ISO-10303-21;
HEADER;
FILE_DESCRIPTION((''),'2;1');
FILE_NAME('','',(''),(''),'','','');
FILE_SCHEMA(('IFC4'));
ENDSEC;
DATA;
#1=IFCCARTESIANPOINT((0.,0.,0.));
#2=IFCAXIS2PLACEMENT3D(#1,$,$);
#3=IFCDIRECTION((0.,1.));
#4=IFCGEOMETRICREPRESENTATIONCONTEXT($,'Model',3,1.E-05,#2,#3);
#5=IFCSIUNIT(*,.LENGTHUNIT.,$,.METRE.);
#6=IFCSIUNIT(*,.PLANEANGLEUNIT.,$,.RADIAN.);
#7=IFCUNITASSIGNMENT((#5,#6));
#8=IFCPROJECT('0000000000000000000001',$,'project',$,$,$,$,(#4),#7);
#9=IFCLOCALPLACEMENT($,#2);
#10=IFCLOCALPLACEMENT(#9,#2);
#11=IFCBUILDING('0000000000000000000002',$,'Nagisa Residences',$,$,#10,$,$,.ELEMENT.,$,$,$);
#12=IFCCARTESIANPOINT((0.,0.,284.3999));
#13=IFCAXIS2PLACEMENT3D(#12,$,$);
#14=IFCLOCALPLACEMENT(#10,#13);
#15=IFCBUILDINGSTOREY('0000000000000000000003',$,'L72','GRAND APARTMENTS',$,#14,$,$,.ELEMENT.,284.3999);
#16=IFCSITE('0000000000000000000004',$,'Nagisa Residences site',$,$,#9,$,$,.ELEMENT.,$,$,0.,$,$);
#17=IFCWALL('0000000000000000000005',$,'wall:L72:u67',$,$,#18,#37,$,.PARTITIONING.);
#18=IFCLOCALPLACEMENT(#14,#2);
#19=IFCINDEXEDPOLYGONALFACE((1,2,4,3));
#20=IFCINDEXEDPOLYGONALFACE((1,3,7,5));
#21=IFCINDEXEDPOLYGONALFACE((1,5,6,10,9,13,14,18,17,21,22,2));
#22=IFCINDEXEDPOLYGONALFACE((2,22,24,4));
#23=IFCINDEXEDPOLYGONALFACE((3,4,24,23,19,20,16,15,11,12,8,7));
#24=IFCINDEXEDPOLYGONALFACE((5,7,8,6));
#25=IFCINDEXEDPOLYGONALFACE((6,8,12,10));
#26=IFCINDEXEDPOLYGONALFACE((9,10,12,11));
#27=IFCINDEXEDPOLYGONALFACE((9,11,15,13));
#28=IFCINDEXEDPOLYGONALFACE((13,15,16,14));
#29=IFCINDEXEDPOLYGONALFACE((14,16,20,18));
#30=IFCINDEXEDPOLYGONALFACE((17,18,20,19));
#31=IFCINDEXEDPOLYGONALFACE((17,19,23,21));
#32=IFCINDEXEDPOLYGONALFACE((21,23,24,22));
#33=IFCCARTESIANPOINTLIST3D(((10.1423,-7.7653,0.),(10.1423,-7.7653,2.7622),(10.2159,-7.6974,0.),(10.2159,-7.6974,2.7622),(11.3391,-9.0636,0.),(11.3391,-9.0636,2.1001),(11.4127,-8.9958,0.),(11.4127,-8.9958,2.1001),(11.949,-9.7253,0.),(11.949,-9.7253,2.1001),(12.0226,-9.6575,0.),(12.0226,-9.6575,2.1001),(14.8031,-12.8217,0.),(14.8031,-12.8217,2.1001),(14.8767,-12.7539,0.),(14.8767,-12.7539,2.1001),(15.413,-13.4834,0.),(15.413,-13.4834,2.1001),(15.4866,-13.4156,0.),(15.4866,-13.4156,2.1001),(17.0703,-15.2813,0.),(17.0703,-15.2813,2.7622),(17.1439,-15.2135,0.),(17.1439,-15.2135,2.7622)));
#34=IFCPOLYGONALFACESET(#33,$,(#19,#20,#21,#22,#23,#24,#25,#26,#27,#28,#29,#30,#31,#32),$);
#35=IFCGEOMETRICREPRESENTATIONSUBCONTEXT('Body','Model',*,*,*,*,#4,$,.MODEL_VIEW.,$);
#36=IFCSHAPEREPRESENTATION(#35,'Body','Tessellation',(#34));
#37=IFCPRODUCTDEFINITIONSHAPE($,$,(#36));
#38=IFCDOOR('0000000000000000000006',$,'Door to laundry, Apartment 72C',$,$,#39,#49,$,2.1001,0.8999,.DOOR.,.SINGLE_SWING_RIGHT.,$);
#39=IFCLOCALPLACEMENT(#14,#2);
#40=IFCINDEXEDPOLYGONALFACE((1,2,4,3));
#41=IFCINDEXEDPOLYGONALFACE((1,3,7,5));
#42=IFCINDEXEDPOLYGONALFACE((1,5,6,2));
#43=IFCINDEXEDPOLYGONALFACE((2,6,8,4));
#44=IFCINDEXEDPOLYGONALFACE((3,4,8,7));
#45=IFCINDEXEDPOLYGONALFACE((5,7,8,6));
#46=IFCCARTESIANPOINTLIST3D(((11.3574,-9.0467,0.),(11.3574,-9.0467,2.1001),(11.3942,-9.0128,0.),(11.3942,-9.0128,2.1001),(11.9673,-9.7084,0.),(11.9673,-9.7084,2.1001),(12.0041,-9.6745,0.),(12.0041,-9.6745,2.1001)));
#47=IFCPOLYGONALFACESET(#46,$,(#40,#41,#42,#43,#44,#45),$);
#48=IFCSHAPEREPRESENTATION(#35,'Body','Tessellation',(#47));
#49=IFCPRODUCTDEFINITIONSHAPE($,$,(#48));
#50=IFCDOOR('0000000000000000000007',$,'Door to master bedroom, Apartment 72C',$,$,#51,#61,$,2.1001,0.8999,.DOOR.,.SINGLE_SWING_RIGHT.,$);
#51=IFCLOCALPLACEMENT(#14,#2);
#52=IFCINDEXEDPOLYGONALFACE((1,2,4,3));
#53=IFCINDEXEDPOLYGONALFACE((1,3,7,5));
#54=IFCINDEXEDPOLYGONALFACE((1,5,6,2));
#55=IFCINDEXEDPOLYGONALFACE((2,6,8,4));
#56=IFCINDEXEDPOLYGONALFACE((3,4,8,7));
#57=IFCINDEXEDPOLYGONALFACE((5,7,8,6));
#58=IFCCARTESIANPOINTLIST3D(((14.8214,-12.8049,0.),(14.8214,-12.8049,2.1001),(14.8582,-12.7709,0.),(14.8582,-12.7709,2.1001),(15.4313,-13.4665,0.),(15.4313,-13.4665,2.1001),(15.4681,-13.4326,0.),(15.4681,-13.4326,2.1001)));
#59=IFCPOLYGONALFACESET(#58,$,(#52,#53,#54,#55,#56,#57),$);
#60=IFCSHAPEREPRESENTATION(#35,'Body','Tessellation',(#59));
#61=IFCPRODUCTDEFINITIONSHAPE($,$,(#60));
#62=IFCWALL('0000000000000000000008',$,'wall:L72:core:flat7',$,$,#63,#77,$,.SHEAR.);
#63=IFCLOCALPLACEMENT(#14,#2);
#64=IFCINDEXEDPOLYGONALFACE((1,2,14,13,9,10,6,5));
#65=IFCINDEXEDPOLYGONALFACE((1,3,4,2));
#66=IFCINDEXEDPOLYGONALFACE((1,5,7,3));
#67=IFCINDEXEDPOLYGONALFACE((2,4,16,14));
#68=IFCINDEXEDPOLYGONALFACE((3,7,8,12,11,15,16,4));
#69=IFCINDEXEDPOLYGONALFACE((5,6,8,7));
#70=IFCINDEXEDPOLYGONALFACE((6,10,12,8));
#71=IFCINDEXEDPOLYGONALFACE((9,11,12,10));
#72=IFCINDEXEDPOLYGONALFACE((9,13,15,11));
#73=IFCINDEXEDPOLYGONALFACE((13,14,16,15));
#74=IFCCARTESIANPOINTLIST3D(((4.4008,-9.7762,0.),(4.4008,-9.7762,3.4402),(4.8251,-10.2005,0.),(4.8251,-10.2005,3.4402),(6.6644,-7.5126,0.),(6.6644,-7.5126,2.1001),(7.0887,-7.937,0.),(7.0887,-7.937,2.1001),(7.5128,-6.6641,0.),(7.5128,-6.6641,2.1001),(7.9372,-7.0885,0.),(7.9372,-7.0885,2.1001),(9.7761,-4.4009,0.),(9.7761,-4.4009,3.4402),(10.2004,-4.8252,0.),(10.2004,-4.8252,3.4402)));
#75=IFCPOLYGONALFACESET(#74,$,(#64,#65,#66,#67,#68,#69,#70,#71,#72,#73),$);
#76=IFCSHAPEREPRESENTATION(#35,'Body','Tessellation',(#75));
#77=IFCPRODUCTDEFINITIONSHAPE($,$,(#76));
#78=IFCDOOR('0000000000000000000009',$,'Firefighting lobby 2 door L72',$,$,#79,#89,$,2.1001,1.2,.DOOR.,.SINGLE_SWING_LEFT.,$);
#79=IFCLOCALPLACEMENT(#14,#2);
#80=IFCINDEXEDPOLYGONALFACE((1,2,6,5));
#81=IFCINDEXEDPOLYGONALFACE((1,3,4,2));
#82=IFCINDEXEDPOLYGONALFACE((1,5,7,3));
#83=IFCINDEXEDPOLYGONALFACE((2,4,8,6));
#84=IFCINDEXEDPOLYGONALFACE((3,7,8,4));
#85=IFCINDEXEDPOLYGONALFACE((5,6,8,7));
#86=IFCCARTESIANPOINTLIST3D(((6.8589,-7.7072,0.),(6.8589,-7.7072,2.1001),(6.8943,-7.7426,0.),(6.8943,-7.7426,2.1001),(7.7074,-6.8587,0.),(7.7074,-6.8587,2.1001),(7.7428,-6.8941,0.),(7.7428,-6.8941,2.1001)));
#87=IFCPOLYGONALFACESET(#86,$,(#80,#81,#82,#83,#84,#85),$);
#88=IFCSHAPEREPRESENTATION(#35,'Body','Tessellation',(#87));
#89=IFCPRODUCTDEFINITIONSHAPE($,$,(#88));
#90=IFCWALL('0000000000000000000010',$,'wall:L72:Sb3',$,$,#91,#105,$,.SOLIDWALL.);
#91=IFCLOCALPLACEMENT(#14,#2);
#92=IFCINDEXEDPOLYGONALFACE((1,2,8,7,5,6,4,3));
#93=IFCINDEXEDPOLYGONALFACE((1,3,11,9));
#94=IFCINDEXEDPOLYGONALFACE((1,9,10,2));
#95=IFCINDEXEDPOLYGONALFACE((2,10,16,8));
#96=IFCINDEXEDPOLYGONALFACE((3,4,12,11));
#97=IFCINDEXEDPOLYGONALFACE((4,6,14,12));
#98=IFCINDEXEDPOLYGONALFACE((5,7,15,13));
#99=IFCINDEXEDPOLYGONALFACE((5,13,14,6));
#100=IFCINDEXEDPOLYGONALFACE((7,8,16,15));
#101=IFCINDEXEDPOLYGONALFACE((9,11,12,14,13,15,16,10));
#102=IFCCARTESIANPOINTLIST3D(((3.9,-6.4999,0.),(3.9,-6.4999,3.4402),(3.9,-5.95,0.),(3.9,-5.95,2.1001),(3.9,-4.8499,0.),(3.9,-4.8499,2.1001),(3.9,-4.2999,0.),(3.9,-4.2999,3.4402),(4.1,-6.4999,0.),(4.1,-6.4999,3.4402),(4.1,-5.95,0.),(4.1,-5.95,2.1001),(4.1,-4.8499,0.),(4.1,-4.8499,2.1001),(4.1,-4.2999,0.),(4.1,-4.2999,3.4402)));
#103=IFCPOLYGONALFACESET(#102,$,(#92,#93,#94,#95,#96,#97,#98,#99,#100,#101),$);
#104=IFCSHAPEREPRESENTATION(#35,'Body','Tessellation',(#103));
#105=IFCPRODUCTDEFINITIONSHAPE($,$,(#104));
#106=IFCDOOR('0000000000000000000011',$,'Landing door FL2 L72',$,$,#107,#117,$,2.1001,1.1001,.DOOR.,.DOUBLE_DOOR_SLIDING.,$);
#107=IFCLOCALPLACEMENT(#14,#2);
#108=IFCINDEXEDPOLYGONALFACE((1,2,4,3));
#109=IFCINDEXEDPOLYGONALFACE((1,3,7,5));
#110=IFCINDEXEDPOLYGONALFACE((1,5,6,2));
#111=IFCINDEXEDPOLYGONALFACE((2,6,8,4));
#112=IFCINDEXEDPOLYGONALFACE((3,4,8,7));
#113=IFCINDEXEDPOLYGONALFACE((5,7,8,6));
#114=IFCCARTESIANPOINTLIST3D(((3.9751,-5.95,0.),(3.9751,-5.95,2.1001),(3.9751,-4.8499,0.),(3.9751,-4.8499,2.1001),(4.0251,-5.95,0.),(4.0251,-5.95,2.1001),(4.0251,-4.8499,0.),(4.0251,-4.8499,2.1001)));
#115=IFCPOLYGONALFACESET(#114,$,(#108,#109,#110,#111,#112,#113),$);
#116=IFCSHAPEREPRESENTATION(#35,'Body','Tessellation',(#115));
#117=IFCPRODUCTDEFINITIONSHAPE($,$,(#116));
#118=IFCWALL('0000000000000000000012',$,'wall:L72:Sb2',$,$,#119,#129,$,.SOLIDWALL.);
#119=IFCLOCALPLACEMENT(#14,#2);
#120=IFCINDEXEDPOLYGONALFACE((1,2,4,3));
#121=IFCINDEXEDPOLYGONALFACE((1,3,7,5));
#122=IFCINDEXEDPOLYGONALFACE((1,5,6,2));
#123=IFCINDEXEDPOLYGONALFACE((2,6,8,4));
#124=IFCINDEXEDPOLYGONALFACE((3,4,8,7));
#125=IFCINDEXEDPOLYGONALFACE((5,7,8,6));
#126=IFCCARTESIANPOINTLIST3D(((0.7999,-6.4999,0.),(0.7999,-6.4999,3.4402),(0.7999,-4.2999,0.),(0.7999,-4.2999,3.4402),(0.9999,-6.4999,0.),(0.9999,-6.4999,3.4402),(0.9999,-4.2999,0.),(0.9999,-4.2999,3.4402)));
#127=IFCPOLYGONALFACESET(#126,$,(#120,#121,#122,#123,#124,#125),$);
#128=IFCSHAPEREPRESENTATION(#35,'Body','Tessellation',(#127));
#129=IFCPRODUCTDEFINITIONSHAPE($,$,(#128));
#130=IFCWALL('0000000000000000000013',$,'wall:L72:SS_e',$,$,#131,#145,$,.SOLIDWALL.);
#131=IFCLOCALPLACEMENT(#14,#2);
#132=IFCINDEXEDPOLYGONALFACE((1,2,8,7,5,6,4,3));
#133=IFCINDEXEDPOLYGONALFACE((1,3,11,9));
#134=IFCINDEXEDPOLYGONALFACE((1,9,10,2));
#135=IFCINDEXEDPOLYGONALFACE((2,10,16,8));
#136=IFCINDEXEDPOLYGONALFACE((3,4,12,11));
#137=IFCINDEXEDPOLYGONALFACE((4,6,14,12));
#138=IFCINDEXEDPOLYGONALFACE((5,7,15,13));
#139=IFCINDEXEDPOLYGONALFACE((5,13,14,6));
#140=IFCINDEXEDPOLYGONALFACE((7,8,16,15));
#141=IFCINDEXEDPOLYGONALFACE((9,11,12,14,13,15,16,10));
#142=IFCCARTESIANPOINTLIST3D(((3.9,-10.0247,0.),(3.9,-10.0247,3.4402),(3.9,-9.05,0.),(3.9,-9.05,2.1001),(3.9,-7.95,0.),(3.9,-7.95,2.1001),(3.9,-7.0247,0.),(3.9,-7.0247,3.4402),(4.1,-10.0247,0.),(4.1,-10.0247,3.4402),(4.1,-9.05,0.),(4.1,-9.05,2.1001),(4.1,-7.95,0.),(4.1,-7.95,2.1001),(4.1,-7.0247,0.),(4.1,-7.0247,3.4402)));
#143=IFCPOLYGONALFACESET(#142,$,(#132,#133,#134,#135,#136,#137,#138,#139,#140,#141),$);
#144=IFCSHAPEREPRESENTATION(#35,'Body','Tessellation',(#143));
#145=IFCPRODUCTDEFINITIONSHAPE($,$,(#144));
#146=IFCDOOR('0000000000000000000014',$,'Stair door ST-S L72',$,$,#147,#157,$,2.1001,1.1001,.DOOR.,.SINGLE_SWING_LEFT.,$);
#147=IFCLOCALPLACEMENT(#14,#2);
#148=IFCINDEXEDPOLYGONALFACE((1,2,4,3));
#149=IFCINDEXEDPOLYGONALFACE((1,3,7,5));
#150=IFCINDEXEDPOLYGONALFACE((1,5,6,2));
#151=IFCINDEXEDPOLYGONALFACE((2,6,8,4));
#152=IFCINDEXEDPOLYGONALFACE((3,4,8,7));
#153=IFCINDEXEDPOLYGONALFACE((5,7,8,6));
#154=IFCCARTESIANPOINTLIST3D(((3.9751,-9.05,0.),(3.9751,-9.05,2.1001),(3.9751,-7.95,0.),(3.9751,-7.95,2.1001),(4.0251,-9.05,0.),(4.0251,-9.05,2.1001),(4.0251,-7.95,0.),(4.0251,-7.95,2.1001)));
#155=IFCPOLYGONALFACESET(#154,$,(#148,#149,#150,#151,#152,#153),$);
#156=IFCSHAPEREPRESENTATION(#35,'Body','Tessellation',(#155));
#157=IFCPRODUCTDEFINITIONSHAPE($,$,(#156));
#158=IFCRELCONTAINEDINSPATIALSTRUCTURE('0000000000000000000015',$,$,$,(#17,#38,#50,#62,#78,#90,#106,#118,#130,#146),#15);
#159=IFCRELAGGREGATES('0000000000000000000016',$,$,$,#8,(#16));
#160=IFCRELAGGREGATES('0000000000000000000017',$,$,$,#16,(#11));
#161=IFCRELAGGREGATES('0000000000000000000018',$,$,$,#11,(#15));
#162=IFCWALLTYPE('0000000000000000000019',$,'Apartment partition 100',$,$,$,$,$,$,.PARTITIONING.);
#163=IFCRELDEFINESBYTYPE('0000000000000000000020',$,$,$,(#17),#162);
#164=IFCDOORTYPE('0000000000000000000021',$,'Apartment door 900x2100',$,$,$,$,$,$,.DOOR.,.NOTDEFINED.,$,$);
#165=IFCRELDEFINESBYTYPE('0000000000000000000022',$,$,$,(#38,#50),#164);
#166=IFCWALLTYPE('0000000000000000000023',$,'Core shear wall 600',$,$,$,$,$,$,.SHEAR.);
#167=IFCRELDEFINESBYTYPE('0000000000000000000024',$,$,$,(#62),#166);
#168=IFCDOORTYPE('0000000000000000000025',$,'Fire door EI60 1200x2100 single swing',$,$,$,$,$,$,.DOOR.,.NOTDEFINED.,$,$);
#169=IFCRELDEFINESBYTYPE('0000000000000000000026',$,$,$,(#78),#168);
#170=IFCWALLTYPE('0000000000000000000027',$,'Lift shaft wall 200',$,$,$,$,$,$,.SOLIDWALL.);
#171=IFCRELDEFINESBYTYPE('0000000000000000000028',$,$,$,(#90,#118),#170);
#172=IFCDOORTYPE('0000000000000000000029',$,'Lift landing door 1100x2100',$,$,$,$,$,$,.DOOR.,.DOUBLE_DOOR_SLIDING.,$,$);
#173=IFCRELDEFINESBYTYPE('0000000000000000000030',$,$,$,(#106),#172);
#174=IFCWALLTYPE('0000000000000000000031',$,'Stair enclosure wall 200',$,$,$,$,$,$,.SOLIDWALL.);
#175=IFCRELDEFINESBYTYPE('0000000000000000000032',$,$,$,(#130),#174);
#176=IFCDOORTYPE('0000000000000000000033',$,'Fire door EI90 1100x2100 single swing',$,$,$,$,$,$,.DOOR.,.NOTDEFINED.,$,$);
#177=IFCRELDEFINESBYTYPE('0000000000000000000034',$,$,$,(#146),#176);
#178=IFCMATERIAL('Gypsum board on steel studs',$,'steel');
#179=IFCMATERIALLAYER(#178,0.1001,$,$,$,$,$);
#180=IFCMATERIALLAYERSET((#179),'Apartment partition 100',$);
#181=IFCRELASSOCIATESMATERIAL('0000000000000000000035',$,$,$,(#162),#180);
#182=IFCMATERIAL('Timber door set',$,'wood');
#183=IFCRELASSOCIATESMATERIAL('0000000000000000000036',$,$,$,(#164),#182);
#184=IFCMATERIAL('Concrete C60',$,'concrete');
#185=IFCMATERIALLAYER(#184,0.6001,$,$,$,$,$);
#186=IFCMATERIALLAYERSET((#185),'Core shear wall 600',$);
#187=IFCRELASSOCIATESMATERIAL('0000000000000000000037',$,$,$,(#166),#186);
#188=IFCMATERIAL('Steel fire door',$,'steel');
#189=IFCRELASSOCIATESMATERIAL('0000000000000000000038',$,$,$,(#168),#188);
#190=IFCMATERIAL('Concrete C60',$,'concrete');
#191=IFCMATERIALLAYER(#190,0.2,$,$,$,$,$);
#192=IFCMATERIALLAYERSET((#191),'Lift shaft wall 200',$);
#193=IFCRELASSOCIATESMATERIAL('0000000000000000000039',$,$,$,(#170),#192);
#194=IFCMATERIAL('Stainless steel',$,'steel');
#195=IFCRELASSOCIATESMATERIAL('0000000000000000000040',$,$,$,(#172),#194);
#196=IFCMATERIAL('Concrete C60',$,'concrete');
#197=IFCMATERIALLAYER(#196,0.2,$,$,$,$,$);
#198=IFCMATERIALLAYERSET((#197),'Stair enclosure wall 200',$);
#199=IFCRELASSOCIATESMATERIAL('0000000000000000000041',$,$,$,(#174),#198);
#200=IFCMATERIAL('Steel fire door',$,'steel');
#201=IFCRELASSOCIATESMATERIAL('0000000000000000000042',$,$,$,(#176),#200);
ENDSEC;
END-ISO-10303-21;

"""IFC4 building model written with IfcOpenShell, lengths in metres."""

from ifc_helpers import new_model, si_unit, direction, frame, frame_2d, origin, place, context, subcontext, project, spatial, rectangle, extrude, material, layer, layer_set, type_object, element, fill, save


model = new_model("IFC4")

# Units and contexts
model_context = context("Model", 3, precision=1e-05, world=origin(), true_north=direction((0.0, 1.0)))
body_context = subcontext(model_context, "Body", "Model", "MODEL_VIEW")
ifc_project = project(units=[si_unit("LENGTHUNIT", "METRE"), si_unit("PLANEANGLEUNIT", "RADIAN")], contexts=[model_context])

# Site, building, storey
site_placement = place(None, origin())
site = spatial("IfcSite", under=ifc_project, at=site_placement, Name="Nagisa Residences site", CompositionType="ELEMENT", RefElevation=0.0)
building_placement = place(site_placement, origin())
building = spatial("IfcBuilding", under=site, at=building_placement, Name="Nagisa Residences", CompositionType="ELEMENT")
storey_placement = place(building_placement, frame((0.0, 0.0, 284.3999)))
storey = spatial("IfcBuildingStorey", under=building, at=storey_placement, Name="L72", Description="GRAND APARTMENTS", CompositionType="ELEMENT", Elevation=284.3999)

# Shared definitions
ifc_material_1 = material(Name="Gypsum board on steel studs", Category="steel")
ifc_layer_1 = layer(ifc_material_1, 0.1001)
ifc_layer_set_1 = layer_set([ifc_layer_1], Name="Apartment partition 100")
wall_type_1 = type_object("IfcWallType", Name="Apartment partition 100", PredefinedType="PARTITIONING", material=ifc_layer_set_1)
ifc_material_2 = material(Name="Timber door set", Category="wood")
door_type_1 = type_object("IfcDoorType", Name="Apartment door 900x2100", OperationType="NOTDEFINED", PredefinedType="DOOR", material=ifc_material_2)

# Wall, openings, doors
wall_1_placement = place(storey_placement, frame((10.1792, -7.7314, 0.0), z_axis=(0.0, 0.0, 1.0), x_axis=(0.677753, -0.735289, 0.0)))
wall_1 = element("IfcWall", 1, at=wall_1_placement, inside=storey, type_object=wall_type_1, Name="wall:L72:u67", PredefinedType="PARTITIONING", context=body_context, shape_type="SweptSolid", body=[
    extrude(rectangle(XDim=10.2219, YDim=0.1001, at=frame_2d((5.1108, 0.0))), origin(), (0.0, 0.0, 1.0), 2.7622),
])
opening_1_placement = place(wall_1_placement, frame((1.7656, 0.0, 0.0)))
opening_1 = element("IfcOpeningElement", 2, at=opening_1_placement, cuts=wall_1, PredefinedType="OPENING", context=body_context, shape_type="SweptSolid", body=[
    extrude(rectangle(XDim=0.8999, YDim=2.1001, at=frame_2d((0.45, 1.05))), frame((0.0, 0.0601, 0.0), z_axis=(0.0, -1.0, 0.0), x_axis=(1.0, 0.0, 0.0)), (0.0, 0.0, 1.0), 0.1201),
])
opening_2_placement = place(wall_1_placement, frame((6.8767, 0.0, 0.0)))
opening_2 = element("IfcOpeningElement", 3, at=opening_2_placement, cuts=wall_1, PredefinedType="OPENING", context=body_context, shape_type="SweptSolid", body=[
    extrude(rectangle(XDim=0.8999, YDim=2.1001, at=frame_2d((0.45, 1.05))), frame((0.0, 0.0601, 0.0), z_axis=(0.0, -1.0, 0.0), x_axis=(1.0, 0.0, 0.0)), (0.0, 0.0, 1.0), 0.1201),
])
door_1_placement = place(opening_1_placement, origin())
door_1 = element("IfcDoor", 4, at=door_1_placement, inside=storey, type_object=door_type_1, Name="Door to laundry, Apartment 72C", OperationType="SINGLE_SWING_RIGHT", OverallHeight=2.1001, OverallWidth=0.8999, PredefinedType="DOOR", context=body_context, shape_type="SweptSolid", body=[
    extrude(rectangle(XDim=0.8999, YDim=2.1001, at=frame_2d((0.45, 1.05))), frame((0.0, 0.0249, 0.0), z_axis=(0.0, -1.0, 0.0), x_axis=(1.0, 0.0, 0.0)), (0.0, 0.0, 1.0), 0.05),
])
fill(opening_1, door_1)
door_2_placement = place(opening_2_placement, origin())
door_2 = element("IfcDoor", 5, at=door_2_placement, inside=storey, type_object=door_type_1, Name="Door to master bedroom, Apartment 72C", OperationType="SINGLE_SWING_RIGHT", OverallHeight=2.1001, OverallWidth=0.8999, PredefinedType="DOOR", context=body_context, shape_type="SweptSolid", body=[
    extrude(rectangle(XDim=0.8999, YDim=2.1001, at=frame_2d((0.45, 1.05))), frame((0.0, 0.0249, 0.0), z_axis=(0.0, -1.0, 0.0), x_axis=(1.0, 0.0, 0.0)), (0.0, 0.0, 1.0), 0.05),
])
fill(opening_2, door_2)

# Walls, openings, doors
ifc_material_3 = material(Name="Concrete C60", Category="concrete")
ifc_layer_2 = layer(ifc_material_3, 0.6001)
ifc_layer_set_2 = layer_set([ifc_layer_2], Name="Core shear wall 600")
wall_type_2 = type_object("IfcWallType", Name="Core shear wall 600", PredefinedType="SHEAR", material=ifc_layer_set_2)
wall_2_placement = place(storey_placement, frame((4.613, -9.9883, 0.0), z_axis=(0.0, 0.0, 1.0), x_axis=(0.707107, 0.707107, 0.0)))
wall_2 = element("IfcWall", 6, at=wall_2_placement, inside=storey, type_object=wall_type_2, Name="wall:L72:core:flat7", PredefinedType="SHEAR", context=body_context, shape_type="SweptSolid", body=[
    extrude(rectangle(XDim=7.6018, YDim=0.6001, at=frame_2d((3.8008, 0.0))), origin(), (0.0, 0.0, 1.0), 3.4402),
])
opening_3_placement = place(wall_2_placement, frame((3.2009, 0.0, 0.0)))
opening_3 = element("IfcOpeningElement", 7, at=opening_3_placement, cuts=wall_2, PredefinedType="OPENING", context=body_context, shape_type="SweptSolid", body=[
    extrude(rectangle(XDim=1.2, YDim=2.1001, at=frame_2d((0.6001, 1.05))), frame((0.0, 0.3101, 0.0), z_axis=(0.0, -1.0, 0.0), x_axis=(1.0, 0.0, 0.0)), (0.0, 0.0, 1.0), 0.6201),
])
ifc_material_4 = material(Name="Steel fire door", Category="steel")
door_type_2 = type_object("IfcDoorType", Name="Fire door EI60 1200x2100 single swing", OperationType="NOTDEFINED", PredefinedType="DOOR", material=ifc_material_4)
door_3_placement = place(opening_3_placement, origin())
door_3 = element("IfcDoor", 8, at=door_3_placement, inside=storey, type_object=door_type_2, Name="Firefighting lobby 2 door L72", OperationType="SINGLE_SWING_LEFT", OverallHeight=2.1001, OverallWidth=1.2, PredefinedType="DOOR", context=body_context, shape_type="SweptSolid", body=[
    extrude(rectangle(XDim=1.2, YDim=2.1001, at=frame_2d((0.6001, 1.05))), frame((0.0, 0.0249, 0.0), z_axis=(0.0, -1.0, 0.0), x_axis=(1.0, 0.0, 0.0)), (0.0, 0.0, 1.0), 0.05),
])
fill(opening_3, door_3)
ifc_material_5 = material(Name="Concrete C60", Category="concrete")
ifc_layer_3 = layer(ifc_material_5, 0.2)
ifc_layer_set_3 = layer_set([ifc_layer_3], Name="Lift shaft wall 200")
wall_type_3 = type_object("IfcWallType", Name="Lift shaft wall 200", PredefinedType="SOLIDWALL", material=ifc_layer_set_3)
wall_3_placement = place(storey_placement, frame((4.0, -6.5, 0.0), z_axis=(0.0, 0.0, 1.0), x_axis=(0.0, 1.0, 0.0)))
wall_3 = element("IfcWall", 9, at=wall_3_placement, inside=storey, type_object=wall_type_3, Name="wall:L72:Sb3", PredefinedType="SOLIDWALL", context=body_context, shape_type="SweptSolid", body=[
    extrude(rectangle(XDim=2.2, YDim=0.2, at=frame_2d((1.1001, 0.0))), origin(), (0.0, 0.0, 1.0), 3.4402),
])
opening_4_placement = place(wall_3_placement, frame((0.55, 0.0, 0.0)))
opening_4 = element("IfcOpeningElement", 10, at=opening_4_placement, cuts=wall_3, PredefinedType="OPENING", context=body_context, shape_type="SweptSolid", body=[
    extrude(rectangle(XDim=1.1001, YDim=2.1001, at=frame_2d((0.55, 1.05))), frame((0.0, 0.1099, 0.0), z_axis=(0.0, -1.0, 0.0), x_axis=(1.0, 0.0, 0.0)), (0.0, 0.0, 1.0), 0.22),
])
ifc_material_6 = material(Name="Stainless steel", Category="steel")
door_type_3 = type_object("IfcDoorType", Name="Lift landing door 1100x2100", OperationType="DOUBLE_DOOR_SLIDING", PredefinedType="DOOR", material=ifc_material_6)
door_4_placement = place(opening_4_placement, origin())
door_4 = element("IfcDoor", 11, at=door_4_placement, inside=storey, type_object=door_type_3, Name="Landing door FL2 L72", OperationType="DOUBLE_DOOR_SLIDING", OverallHeight=2.1001, OverallWidth=1.1001, PredefinedType="DOOR", context=body_context, shape_type="SweptSolid", body=[
    extrude(rectangle(XDim=1.1001, YDim=2.1001, at=frame_2d((0.55, 1.05))), frame((0.0, 0.0249, 0.0), z_axis=(0.0, -1.0, 0.0), x_axis=(1.0, 0.0, 0.0)), (0.0, 0.0, 1.0), 0.05),
])
fill(opening_4, door_4)

# Wall
wall_4_placement = place(storey_placement, frame((0.8999, -6.5, 0.0), z_axis=(0.0, 0.0, 1.0), x_axis=(0.0, 1.0, 0.0)))
element("IfcWall", 12, at=wall_4_placement, inside=storey, type_object=wall_type_3, Name="wall:L72:Sb2", PredefinedType="SOLIDWALL", context=body_context, shape_type="SweptSolid", body=[
    extrude(rectangle(XDim=2.2, YDim=0.2, at=frame_2d((1.1001, 0.0))), origin(), (0.0, 0.0, 1.0), 3.4402),
])

# Wall, opening, door
ifc_material_7 = material(Name="Concrete C60", Category="concrete")
ifc_layer_4 = layer(ifc_material_7, 0.2)
ifc_layer_set_4 = layer_set([ifc_layer_4], Name="Stair enclosure wall 200")
wall_type_4 = type_object("IfcWallType", Name="Stair enclosure wall 200", PredefinedType="SOLIDWALL", material=ifc_layer_set_4)
wall_5_placement = place(storey_placement, frame((4.0, -10.0247, 0.0), z_axis=(0.0, 0.0, 1.0), x_axis=(0.0, 1.0, 0.0)))
wall_5 = element("IfcWall", 13, at=wall_5_placement, inside=storey, type_object=wall_type_4, Name="wall:L72:SS_e", PredefinedType="SOLIDWALL", context=body_context, shape_type="SweptSolid", body=[
    extrude(rectangle(XDim=3.0, YDim=0.2, at=frame_2d((1.5, 0.0))), origin(), (0.0, 0.0, 1.0), 3.4402),
])
opening_5_placement = place(wall_5_placement, frame((0.9746, 0.0, 0.0)))
opening_5 = element("IfcOpeningElement", 14, at=opening_5_placement, cuts=wall_5, PredefinedType="OPENING", context=body_context, shape_type="SweptSolid", body=[
    extrude(rectangle(XDim=1.1001, YDim=2.1001, at=frame_2d((0.55, 1.05))), frame((0.0, 0.1099, 0.0), z_axis=(0.0, -1.0, 0.0), x_axis=(1.0, 0.0, 0.0)), (0.0, 0.0, 1.0), 0.22),
])
ifc_material_8 = material(Name="Steel fire door", Category="steel")
door_type_4 = type_object("IfcDoorType", Name="Fire door EI90 1100x2100 single swing", OperationType="NOTDEFINED", PredefinedType="DOOR", material=ifc_material_8)
door_5_placement = place(opening_5_placement, origin())
door_5 = element("IfcDoor", 15, at=door_5_placement, inside=storey, type_object=door_type_4, Name="Stair door ST-S L72", OperationType="SINGLE_SWING_LEFT", OverallHeight=2.1001, OverallWidth=1.1001, PredefinedType="DOOR", context=body_context, shape_type="SweptSolid", body=[
    extrude(rectangle(XDim=1.1001, YDim=2.1001, at=frame_2d((0.55, 1.05))), frame((0.0, 0.0249, 0.0), z_axis=(0.0, -1.0, 0.0), x_axis=(1.0, 0.0, 0.0)), (0.0, 0.0, 1.0), 0.05),
])
fill(opening_5, door_5)

save(model, "model.ifc")
